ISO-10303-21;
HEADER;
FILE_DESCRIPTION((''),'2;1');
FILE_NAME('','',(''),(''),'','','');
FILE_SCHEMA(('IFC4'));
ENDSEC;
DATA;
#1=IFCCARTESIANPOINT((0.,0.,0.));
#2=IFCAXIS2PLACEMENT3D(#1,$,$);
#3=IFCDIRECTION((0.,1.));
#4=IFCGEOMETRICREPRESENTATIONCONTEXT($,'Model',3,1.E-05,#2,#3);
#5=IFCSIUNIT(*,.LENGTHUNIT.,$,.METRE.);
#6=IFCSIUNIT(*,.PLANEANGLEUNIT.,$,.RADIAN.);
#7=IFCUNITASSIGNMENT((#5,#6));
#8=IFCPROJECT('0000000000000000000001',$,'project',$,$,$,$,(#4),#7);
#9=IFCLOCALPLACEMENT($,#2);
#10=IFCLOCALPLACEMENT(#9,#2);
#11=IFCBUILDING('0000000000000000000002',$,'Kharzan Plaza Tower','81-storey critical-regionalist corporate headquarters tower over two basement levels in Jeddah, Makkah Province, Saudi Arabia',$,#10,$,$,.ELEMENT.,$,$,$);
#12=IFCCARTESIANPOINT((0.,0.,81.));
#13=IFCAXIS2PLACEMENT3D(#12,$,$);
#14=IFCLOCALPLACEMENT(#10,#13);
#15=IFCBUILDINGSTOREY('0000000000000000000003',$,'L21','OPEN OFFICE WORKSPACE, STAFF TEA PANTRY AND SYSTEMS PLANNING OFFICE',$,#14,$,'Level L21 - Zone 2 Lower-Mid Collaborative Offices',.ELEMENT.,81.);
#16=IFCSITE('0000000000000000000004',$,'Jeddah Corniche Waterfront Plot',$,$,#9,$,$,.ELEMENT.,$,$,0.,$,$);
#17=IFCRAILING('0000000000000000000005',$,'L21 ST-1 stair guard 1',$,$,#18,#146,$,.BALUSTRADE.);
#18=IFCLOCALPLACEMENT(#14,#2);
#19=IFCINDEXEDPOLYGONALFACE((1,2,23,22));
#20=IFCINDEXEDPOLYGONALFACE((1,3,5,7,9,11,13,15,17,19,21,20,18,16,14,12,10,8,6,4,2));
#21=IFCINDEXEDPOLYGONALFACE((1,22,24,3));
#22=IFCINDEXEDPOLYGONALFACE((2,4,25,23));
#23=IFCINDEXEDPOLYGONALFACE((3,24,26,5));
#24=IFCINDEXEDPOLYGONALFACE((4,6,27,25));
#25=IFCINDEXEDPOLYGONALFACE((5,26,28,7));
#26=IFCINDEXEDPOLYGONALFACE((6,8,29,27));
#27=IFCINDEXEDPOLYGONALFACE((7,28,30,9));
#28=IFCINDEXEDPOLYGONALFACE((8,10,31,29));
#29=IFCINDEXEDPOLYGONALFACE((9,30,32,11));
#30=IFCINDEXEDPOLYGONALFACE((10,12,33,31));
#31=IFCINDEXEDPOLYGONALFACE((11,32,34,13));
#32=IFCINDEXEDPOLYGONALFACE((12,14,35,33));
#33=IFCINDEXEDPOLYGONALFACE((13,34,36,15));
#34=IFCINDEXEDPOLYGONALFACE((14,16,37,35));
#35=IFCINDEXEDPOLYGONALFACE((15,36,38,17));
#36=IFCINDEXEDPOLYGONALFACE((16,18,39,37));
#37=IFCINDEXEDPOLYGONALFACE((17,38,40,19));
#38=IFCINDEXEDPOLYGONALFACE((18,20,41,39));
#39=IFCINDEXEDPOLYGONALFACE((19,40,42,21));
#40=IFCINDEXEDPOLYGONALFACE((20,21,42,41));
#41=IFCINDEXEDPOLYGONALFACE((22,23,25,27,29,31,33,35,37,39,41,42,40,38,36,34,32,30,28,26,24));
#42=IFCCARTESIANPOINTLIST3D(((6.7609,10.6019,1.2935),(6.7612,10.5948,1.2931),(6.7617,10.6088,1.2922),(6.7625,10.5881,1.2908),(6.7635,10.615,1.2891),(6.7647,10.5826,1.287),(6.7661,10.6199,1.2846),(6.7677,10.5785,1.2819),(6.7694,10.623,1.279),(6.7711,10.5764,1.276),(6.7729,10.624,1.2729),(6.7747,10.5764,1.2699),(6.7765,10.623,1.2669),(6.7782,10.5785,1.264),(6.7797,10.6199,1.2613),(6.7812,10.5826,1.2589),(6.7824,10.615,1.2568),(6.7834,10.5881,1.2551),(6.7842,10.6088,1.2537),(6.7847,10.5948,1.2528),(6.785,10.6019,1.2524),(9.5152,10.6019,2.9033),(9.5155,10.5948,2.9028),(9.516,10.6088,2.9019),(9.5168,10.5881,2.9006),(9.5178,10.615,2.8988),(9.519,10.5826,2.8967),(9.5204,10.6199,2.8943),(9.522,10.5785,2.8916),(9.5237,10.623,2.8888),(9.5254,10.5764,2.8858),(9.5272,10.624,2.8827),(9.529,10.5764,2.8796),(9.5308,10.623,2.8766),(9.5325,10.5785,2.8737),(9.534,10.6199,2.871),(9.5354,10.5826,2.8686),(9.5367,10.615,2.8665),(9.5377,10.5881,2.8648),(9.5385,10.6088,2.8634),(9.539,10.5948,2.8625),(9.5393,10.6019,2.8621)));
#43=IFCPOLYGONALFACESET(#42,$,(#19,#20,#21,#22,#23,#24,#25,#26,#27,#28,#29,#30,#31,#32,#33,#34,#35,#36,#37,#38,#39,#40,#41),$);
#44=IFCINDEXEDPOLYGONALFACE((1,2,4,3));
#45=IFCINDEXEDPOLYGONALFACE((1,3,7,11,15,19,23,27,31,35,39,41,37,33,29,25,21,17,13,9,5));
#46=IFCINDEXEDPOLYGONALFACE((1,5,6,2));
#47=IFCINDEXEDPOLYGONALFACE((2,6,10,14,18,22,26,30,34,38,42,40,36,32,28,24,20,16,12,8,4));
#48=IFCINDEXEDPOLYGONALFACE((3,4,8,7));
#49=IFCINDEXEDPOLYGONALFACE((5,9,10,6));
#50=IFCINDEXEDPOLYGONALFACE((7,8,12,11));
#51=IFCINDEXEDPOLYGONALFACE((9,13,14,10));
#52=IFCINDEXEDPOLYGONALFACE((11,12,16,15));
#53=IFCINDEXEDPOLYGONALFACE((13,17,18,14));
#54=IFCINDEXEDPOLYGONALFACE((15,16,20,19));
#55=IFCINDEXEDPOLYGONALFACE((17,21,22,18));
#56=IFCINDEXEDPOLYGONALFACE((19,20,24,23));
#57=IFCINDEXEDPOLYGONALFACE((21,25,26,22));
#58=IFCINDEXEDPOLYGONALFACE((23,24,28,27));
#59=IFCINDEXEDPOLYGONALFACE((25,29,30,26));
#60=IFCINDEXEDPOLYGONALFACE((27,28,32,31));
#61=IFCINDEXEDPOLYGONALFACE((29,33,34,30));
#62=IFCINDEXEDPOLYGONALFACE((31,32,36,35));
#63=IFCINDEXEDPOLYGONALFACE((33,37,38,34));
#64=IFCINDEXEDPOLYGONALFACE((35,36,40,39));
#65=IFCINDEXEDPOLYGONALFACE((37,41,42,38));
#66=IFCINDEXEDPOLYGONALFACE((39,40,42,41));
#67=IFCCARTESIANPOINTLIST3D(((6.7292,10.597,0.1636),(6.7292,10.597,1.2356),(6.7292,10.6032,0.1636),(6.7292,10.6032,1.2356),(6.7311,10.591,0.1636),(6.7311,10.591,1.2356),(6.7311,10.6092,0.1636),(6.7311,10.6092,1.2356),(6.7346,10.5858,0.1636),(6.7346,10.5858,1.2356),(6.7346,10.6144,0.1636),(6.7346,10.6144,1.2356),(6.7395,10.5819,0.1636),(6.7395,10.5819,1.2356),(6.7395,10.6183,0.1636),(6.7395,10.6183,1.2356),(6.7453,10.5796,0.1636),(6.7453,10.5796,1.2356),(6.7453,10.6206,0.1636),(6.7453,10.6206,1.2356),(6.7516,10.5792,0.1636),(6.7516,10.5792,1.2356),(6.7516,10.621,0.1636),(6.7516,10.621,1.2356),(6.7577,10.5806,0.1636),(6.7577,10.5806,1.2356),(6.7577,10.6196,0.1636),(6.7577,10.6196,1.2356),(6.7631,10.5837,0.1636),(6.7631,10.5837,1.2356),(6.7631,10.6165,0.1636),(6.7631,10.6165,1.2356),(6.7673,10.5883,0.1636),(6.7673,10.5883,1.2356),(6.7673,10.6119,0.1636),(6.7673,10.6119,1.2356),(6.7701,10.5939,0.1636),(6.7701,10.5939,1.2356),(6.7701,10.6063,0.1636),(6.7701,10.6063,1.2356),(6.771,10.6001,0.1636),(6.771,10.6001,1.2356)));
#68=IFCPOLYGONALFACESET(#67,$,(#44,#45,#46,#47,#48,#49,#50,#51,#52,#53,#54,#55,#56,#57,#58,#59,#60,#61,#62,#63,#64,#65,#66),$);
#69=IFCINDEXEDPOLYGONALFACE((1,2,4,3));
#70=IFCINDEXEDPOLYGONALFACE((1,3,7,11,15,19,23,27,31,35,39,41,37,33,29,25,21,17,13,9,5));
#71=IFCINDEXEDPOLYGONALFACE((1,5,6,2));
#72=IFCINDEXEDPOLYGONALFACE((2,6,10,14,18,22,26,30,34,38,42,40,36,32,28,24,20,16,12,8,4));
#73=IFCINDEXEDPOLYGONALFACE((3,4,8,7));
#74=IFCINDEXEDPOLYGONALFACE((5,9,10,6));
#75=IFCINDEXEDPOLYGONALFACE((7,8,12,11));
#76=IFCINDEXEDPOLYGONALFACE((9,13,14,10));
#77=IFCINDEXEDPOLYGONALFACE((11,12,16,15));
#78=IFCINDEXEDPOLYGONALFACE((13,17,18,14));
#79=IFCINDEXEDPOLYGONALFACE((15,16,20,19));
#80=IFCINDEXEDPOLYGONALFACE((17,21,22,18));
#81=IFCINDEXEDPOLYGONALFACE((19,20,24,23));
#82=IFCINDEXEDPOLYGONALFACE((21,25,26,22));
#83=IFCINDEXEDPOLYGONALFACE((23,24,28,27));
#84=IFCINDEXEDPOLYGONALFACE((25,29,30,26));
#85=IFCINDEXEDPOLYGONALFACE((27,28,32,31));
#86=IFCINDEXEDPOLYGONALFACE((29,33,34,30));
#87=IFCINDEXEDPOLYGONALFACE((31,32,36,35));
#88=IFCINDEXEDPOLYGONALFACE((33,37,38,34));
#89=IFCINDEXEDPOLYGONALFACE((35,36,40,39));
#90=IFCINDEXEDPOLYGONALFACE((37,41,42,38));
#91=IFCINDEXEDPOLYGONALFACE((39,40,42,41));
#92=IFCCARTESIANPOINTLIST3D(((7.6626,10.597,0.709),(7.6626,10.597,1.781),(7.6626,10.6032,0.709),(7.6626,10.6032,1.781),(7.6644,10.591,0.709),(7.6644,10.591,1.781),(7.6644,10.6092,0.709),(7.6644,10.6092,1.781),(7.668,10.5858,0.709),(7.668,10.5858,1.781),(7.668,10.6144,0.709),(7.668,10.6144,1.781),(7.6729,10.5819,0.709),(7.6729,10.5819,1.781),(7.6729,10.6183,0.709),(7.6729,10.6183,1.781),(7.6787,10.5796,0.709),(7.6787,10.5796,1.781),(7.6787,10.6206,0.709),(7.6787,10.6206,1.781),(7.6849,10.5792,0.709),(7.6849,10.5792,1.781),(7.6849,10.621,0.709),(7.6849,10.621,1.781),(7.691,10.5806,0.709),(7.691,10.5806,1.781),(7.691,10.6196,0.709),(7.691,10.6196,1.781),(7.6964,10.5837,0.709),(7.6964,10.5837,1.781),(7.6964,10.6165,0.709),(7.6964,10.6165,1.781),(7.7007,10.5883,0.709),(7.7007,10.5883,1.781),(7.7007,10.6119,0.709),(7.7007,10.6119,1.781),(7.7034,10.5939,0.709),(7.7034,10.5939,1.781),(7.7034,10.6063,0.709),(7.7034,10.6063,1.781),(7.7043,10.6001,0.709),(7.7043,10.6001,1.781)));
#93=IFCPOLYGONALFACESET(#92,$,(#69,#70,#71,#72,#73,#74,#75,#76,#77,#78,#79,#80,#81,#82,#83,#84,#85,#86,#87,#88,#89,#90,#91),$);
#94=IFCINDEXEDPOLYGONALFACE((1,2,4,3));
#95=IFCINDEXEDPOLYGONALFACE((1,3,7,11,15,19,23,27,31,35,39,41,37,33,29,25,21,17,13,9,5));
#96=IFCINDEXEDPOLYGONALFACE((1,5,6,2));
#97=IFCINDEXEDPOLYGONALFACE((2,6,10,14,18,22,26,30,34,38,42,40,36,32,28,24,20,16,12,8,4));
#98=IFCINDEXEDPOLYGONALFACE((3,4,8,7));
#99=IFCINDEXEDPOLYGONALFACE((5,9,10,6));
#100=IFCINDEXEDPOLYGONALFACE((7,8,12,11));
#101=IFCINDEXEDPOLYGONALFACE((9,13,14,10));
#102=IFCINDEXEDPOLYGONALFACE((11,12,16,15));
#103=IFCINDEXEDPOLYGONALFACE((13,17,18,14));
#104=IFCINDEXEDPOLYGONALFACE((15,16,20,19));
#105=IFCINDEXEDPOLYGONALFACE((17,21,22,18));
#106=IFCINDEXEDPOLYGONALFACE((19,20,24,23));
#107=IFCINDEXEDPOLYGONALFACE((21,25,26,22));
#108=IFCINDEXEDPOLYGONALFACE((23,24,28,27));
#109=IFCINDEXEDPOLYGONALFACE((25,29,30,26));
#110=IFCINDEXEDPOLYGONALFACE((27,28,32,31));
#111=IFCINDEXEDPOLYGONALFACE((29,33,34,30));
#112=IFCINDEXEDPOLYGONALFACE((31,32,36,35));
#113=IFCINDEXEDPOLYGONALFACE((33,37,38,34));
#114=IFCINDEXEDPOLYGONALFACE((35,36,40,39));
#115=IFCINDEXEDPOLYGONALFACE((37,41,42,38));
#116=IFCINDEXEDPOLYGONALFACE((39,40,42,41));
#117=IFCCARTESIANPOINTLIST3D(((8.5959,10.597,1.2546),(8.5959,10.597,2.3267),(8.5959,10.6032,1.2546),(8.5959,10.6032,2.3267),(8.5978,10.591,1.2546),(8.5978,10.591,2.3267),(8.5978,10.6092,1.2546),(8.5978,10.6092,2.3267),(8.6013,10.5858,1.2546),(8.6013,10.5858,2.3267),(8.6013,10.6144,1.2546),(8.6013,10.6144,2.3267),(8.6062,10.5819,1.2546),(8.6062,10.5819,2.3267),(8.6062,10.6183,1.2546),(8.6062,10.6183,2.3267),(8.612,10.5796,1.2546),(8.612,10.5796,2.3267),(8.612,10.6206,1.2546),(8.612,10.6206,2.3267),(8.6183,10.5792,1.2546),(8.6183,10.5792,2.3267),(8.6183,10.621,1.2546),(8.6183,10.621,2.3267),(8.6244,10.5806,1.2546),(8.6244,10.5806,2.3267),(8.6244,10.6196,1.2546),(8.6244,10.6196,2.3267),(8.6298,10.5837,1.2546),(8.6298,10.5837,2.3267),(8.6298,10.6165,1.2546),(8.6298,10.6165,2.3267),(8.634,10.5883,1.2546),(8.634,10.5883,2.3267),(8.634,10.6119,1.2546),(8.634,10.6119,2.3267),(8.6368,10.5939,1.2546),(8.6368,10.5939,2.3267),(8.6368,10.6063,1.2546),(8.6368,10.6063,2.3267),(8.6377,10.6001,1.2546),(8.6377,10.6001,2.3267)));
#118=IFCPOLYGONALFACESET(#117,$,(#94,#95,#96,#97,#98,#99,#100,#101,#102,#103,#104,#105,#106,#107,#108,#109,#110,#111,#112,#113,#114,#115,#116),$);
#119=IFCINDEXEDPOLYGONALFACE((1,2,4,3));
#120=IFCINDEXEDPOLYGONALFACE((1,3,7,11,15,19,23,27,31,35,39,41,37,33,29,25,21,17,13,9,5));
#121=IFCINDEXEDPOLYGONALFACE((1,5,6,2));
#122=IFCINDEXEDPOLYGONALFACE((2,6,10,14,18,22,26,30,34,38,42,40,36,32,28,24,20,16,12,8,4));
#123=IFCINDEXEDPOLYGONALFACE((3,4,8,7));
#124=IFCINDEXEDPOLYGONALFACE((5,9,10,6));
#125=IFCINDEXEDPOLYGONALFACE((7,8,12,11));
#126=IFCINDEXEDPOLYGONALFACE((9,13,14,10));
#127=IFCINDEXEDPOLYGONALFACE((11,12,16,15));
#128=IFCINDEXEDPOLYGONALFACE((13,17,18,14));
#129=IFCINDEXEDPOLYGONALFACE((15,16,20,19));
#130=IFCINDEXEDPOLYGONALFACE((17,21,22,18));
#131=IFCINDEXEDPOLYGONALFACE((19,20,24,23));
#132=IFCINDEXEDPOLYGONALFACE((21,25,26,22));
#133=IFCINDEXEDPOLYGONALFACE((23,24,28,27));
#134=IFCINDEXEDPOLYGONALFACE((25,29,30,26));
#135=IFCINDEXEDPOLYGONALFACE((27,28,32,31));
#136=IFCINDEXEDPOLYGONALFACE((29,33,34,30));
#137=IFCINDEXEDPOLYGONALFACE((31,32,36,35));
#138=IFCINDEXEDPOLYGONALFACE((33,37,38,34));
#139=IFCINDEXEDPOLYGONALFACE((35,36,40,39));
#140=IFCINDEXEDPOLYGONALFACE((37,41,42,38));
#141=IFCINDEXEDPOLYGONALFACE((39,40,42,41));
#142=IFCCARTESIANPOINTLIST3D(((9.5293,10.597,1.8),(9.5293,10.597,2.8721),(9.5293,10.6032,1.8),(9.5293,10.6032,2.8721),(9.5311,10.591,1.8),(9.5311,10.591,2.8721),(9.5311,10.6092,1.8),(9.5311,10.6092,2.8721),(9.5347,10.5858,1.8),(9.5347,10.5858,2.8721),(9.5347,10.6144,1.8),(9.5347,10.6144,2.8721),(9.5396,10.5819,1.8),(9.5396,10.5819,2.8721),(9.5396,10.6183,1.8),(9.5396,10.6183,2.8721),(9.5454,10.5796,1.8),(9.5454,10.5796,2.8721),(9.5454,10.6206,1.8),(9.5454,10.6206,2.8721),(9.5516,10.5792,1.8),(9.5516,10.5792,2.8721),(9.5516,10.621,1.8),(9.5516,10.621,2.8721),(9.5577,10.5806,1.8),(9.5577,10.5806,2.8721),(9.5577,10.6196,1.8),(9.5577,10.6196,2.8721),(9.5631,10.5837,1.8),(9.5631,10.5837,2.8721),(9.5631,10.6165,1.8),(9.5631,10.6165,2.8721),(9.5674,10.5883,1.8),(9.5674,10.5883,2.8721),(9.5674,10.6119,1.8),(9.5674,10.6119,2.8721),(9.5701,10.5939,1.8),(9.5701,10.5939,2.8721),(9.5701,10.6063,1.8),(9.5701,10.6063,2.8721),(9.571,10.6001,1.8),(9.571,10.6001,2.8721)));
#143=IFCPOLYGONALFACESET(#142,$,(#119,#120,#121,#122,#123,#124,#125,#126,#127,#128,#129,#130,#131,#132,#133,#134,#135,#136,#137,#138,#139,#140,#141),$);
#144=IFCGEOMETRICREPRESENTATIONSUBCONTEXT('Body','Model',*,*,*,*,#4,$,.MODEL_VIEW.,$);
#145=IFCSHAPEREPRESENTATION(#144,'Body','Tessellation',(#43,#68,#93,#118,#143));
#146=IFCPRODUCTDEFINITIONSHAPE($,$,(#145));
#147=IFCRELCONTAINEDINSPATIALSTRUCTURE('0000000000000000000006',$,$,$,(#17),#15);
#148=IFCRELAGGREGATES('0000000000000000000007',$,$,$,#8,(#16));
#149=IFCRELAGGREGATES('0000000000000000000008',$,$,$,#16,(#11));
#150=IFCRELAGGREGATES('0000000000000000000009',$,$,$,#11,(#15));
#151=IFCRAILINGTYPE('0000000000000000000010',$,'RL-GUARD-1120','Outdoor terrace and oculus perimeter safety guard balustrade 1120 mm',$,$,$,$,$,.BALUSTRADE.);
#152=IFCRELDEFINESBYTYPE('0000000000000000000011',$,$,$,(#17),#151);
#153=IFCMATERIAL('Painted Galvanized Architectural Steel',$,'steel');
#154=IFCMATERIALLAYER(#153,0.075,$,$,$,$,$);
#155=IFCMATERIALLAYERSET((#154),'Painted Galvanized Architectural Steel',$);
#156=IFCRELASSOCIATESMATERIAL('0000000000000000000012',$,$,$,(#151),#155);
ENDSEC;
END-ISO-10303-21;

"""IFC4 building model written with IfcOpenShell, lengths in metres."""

from ifc_helpers import new_model, si_unit, direction, frame, origin, origin_2d, place, context, subcontext, project, spatial, circle, extrude, source, transform, mapped, material, layer, layer_set, type_object, element, save


model = new_model("IFC4")

# Units and contexts
model_context = context("Model", 3, precision=1e-05, world=origin(), true_north=direction((0.0, 1.0)))
body_context = subcontext(model_context, "Body", "Model", "MODEL_VIEW")
ifc_project = project(units=[si_unit("LENGTHUNIT", "METRE"), si_unit("PLANEANGLEUNIT", "RADIAN")], contexts=[model_context])

# Site, building, storey
site_placement = place(None, origin())
site = spatial("IfcSite", under=ifc_project, at=site_placement, Name="Jeddah Corniche Waterfront Plot", CompositionType="ELEMENT", RefElevation=0.0)
building_placement = place(site_placement, origin())
building = spatial("IfcBuilding", under=site, at=building_placement, Name="Kharzan Plaza Tower", Description="81-storey critical-regionalist corporate headquarters tower over two basement levels in Jeddah, Makkah Province, Saudi Arabia", CompositionType="ELEMENT")
storey_placement = place(building_placement, frame((0.0, 0.0, 81.0)))
storey = spatial("IfcBuildingStorey", under=building, at=storey_placement, Name="L21", Description="OPEN OFFICE WORKSPACE, STAFF TEA PANTRY AND SYSTEMS PLANNING OFFICE", LongName="Level L21 - Zone 2 Lower-Mid Collaborative Offices", CompositionType="ELEMENT", Elevation=81.0)

# Railing
ifc_material_1 = material(Name="Painted Galvanized Architectural Steel", Category="steel")
ifc_layer_1 = layer(ifc_material_1, 0.075)
ifc_layer_set_1 = layer_set([ifc_layer_1], Name="Painted Galvanized Architectural Steel")
railing_type_1 = type_object("IfcRailingType", Name="RL-GUARD-1120", Description="Outdoor terrace and oculus perimeter safety guard balustrade 1120 mm", PredefinedType="BALUSTRADE", material=ifc_layer_set_1)
shared_shape_1 = source(origin(), body_context, "Body", "SweptSolid", [
    extrude(circle(Radius=0.0239, at=origin_2d()), frame((0.0229, 0.0, 1.1094), z_axis=(0.863361, 0.0, 0.504587), x_axis=(0.0, 1.0, 0.0)), (0.0, 0.0, 1.0), 3.1902),
    extrude(circle(Radius=0.021, at=origin_2d()), origin(), (0.0, 0.0, 1.0), 1.072),
    extrude(circle(Radius=0.021, at=origin_2d()), frame((0.9333, 0.0, 0.5454)), (0.0, 0.0, 1.0), 1.072),
    extrude(circle(Radius=0.021, at=origin_2d()), frame((1.8667, 0.0, 1.0911)), (0.0, 0.0, 1.0), 1.072),
    extrude(circle(Radius=0.021, at=origin_2d()), frame((2.8, 0.0, 1.6365)), (0.0, 0.0, 1.0), 1.072),
])
railing_1_placement = place(storey_placement, frame((6.75, 10.6001, 0.1636)))
element("IfcRailing", 1, at=railing_1_placement, inside=storey, type_object=railing_type_1, Name="L21 ST-1 stair guard 1", PredefinedType="BALUSTRADE", context=body_context, shape_type="MappedRepresentation", body=[
    mapped(shared_shape_1, transform((0.0, 0.0, 0.0), x_axis=(1.0, 0.0, 0.0), y_axis=(0.0, 1.0, 0.0), z_axis=(0.0, 0.0, 1.0))),
])

save(model, "model.ifc")
